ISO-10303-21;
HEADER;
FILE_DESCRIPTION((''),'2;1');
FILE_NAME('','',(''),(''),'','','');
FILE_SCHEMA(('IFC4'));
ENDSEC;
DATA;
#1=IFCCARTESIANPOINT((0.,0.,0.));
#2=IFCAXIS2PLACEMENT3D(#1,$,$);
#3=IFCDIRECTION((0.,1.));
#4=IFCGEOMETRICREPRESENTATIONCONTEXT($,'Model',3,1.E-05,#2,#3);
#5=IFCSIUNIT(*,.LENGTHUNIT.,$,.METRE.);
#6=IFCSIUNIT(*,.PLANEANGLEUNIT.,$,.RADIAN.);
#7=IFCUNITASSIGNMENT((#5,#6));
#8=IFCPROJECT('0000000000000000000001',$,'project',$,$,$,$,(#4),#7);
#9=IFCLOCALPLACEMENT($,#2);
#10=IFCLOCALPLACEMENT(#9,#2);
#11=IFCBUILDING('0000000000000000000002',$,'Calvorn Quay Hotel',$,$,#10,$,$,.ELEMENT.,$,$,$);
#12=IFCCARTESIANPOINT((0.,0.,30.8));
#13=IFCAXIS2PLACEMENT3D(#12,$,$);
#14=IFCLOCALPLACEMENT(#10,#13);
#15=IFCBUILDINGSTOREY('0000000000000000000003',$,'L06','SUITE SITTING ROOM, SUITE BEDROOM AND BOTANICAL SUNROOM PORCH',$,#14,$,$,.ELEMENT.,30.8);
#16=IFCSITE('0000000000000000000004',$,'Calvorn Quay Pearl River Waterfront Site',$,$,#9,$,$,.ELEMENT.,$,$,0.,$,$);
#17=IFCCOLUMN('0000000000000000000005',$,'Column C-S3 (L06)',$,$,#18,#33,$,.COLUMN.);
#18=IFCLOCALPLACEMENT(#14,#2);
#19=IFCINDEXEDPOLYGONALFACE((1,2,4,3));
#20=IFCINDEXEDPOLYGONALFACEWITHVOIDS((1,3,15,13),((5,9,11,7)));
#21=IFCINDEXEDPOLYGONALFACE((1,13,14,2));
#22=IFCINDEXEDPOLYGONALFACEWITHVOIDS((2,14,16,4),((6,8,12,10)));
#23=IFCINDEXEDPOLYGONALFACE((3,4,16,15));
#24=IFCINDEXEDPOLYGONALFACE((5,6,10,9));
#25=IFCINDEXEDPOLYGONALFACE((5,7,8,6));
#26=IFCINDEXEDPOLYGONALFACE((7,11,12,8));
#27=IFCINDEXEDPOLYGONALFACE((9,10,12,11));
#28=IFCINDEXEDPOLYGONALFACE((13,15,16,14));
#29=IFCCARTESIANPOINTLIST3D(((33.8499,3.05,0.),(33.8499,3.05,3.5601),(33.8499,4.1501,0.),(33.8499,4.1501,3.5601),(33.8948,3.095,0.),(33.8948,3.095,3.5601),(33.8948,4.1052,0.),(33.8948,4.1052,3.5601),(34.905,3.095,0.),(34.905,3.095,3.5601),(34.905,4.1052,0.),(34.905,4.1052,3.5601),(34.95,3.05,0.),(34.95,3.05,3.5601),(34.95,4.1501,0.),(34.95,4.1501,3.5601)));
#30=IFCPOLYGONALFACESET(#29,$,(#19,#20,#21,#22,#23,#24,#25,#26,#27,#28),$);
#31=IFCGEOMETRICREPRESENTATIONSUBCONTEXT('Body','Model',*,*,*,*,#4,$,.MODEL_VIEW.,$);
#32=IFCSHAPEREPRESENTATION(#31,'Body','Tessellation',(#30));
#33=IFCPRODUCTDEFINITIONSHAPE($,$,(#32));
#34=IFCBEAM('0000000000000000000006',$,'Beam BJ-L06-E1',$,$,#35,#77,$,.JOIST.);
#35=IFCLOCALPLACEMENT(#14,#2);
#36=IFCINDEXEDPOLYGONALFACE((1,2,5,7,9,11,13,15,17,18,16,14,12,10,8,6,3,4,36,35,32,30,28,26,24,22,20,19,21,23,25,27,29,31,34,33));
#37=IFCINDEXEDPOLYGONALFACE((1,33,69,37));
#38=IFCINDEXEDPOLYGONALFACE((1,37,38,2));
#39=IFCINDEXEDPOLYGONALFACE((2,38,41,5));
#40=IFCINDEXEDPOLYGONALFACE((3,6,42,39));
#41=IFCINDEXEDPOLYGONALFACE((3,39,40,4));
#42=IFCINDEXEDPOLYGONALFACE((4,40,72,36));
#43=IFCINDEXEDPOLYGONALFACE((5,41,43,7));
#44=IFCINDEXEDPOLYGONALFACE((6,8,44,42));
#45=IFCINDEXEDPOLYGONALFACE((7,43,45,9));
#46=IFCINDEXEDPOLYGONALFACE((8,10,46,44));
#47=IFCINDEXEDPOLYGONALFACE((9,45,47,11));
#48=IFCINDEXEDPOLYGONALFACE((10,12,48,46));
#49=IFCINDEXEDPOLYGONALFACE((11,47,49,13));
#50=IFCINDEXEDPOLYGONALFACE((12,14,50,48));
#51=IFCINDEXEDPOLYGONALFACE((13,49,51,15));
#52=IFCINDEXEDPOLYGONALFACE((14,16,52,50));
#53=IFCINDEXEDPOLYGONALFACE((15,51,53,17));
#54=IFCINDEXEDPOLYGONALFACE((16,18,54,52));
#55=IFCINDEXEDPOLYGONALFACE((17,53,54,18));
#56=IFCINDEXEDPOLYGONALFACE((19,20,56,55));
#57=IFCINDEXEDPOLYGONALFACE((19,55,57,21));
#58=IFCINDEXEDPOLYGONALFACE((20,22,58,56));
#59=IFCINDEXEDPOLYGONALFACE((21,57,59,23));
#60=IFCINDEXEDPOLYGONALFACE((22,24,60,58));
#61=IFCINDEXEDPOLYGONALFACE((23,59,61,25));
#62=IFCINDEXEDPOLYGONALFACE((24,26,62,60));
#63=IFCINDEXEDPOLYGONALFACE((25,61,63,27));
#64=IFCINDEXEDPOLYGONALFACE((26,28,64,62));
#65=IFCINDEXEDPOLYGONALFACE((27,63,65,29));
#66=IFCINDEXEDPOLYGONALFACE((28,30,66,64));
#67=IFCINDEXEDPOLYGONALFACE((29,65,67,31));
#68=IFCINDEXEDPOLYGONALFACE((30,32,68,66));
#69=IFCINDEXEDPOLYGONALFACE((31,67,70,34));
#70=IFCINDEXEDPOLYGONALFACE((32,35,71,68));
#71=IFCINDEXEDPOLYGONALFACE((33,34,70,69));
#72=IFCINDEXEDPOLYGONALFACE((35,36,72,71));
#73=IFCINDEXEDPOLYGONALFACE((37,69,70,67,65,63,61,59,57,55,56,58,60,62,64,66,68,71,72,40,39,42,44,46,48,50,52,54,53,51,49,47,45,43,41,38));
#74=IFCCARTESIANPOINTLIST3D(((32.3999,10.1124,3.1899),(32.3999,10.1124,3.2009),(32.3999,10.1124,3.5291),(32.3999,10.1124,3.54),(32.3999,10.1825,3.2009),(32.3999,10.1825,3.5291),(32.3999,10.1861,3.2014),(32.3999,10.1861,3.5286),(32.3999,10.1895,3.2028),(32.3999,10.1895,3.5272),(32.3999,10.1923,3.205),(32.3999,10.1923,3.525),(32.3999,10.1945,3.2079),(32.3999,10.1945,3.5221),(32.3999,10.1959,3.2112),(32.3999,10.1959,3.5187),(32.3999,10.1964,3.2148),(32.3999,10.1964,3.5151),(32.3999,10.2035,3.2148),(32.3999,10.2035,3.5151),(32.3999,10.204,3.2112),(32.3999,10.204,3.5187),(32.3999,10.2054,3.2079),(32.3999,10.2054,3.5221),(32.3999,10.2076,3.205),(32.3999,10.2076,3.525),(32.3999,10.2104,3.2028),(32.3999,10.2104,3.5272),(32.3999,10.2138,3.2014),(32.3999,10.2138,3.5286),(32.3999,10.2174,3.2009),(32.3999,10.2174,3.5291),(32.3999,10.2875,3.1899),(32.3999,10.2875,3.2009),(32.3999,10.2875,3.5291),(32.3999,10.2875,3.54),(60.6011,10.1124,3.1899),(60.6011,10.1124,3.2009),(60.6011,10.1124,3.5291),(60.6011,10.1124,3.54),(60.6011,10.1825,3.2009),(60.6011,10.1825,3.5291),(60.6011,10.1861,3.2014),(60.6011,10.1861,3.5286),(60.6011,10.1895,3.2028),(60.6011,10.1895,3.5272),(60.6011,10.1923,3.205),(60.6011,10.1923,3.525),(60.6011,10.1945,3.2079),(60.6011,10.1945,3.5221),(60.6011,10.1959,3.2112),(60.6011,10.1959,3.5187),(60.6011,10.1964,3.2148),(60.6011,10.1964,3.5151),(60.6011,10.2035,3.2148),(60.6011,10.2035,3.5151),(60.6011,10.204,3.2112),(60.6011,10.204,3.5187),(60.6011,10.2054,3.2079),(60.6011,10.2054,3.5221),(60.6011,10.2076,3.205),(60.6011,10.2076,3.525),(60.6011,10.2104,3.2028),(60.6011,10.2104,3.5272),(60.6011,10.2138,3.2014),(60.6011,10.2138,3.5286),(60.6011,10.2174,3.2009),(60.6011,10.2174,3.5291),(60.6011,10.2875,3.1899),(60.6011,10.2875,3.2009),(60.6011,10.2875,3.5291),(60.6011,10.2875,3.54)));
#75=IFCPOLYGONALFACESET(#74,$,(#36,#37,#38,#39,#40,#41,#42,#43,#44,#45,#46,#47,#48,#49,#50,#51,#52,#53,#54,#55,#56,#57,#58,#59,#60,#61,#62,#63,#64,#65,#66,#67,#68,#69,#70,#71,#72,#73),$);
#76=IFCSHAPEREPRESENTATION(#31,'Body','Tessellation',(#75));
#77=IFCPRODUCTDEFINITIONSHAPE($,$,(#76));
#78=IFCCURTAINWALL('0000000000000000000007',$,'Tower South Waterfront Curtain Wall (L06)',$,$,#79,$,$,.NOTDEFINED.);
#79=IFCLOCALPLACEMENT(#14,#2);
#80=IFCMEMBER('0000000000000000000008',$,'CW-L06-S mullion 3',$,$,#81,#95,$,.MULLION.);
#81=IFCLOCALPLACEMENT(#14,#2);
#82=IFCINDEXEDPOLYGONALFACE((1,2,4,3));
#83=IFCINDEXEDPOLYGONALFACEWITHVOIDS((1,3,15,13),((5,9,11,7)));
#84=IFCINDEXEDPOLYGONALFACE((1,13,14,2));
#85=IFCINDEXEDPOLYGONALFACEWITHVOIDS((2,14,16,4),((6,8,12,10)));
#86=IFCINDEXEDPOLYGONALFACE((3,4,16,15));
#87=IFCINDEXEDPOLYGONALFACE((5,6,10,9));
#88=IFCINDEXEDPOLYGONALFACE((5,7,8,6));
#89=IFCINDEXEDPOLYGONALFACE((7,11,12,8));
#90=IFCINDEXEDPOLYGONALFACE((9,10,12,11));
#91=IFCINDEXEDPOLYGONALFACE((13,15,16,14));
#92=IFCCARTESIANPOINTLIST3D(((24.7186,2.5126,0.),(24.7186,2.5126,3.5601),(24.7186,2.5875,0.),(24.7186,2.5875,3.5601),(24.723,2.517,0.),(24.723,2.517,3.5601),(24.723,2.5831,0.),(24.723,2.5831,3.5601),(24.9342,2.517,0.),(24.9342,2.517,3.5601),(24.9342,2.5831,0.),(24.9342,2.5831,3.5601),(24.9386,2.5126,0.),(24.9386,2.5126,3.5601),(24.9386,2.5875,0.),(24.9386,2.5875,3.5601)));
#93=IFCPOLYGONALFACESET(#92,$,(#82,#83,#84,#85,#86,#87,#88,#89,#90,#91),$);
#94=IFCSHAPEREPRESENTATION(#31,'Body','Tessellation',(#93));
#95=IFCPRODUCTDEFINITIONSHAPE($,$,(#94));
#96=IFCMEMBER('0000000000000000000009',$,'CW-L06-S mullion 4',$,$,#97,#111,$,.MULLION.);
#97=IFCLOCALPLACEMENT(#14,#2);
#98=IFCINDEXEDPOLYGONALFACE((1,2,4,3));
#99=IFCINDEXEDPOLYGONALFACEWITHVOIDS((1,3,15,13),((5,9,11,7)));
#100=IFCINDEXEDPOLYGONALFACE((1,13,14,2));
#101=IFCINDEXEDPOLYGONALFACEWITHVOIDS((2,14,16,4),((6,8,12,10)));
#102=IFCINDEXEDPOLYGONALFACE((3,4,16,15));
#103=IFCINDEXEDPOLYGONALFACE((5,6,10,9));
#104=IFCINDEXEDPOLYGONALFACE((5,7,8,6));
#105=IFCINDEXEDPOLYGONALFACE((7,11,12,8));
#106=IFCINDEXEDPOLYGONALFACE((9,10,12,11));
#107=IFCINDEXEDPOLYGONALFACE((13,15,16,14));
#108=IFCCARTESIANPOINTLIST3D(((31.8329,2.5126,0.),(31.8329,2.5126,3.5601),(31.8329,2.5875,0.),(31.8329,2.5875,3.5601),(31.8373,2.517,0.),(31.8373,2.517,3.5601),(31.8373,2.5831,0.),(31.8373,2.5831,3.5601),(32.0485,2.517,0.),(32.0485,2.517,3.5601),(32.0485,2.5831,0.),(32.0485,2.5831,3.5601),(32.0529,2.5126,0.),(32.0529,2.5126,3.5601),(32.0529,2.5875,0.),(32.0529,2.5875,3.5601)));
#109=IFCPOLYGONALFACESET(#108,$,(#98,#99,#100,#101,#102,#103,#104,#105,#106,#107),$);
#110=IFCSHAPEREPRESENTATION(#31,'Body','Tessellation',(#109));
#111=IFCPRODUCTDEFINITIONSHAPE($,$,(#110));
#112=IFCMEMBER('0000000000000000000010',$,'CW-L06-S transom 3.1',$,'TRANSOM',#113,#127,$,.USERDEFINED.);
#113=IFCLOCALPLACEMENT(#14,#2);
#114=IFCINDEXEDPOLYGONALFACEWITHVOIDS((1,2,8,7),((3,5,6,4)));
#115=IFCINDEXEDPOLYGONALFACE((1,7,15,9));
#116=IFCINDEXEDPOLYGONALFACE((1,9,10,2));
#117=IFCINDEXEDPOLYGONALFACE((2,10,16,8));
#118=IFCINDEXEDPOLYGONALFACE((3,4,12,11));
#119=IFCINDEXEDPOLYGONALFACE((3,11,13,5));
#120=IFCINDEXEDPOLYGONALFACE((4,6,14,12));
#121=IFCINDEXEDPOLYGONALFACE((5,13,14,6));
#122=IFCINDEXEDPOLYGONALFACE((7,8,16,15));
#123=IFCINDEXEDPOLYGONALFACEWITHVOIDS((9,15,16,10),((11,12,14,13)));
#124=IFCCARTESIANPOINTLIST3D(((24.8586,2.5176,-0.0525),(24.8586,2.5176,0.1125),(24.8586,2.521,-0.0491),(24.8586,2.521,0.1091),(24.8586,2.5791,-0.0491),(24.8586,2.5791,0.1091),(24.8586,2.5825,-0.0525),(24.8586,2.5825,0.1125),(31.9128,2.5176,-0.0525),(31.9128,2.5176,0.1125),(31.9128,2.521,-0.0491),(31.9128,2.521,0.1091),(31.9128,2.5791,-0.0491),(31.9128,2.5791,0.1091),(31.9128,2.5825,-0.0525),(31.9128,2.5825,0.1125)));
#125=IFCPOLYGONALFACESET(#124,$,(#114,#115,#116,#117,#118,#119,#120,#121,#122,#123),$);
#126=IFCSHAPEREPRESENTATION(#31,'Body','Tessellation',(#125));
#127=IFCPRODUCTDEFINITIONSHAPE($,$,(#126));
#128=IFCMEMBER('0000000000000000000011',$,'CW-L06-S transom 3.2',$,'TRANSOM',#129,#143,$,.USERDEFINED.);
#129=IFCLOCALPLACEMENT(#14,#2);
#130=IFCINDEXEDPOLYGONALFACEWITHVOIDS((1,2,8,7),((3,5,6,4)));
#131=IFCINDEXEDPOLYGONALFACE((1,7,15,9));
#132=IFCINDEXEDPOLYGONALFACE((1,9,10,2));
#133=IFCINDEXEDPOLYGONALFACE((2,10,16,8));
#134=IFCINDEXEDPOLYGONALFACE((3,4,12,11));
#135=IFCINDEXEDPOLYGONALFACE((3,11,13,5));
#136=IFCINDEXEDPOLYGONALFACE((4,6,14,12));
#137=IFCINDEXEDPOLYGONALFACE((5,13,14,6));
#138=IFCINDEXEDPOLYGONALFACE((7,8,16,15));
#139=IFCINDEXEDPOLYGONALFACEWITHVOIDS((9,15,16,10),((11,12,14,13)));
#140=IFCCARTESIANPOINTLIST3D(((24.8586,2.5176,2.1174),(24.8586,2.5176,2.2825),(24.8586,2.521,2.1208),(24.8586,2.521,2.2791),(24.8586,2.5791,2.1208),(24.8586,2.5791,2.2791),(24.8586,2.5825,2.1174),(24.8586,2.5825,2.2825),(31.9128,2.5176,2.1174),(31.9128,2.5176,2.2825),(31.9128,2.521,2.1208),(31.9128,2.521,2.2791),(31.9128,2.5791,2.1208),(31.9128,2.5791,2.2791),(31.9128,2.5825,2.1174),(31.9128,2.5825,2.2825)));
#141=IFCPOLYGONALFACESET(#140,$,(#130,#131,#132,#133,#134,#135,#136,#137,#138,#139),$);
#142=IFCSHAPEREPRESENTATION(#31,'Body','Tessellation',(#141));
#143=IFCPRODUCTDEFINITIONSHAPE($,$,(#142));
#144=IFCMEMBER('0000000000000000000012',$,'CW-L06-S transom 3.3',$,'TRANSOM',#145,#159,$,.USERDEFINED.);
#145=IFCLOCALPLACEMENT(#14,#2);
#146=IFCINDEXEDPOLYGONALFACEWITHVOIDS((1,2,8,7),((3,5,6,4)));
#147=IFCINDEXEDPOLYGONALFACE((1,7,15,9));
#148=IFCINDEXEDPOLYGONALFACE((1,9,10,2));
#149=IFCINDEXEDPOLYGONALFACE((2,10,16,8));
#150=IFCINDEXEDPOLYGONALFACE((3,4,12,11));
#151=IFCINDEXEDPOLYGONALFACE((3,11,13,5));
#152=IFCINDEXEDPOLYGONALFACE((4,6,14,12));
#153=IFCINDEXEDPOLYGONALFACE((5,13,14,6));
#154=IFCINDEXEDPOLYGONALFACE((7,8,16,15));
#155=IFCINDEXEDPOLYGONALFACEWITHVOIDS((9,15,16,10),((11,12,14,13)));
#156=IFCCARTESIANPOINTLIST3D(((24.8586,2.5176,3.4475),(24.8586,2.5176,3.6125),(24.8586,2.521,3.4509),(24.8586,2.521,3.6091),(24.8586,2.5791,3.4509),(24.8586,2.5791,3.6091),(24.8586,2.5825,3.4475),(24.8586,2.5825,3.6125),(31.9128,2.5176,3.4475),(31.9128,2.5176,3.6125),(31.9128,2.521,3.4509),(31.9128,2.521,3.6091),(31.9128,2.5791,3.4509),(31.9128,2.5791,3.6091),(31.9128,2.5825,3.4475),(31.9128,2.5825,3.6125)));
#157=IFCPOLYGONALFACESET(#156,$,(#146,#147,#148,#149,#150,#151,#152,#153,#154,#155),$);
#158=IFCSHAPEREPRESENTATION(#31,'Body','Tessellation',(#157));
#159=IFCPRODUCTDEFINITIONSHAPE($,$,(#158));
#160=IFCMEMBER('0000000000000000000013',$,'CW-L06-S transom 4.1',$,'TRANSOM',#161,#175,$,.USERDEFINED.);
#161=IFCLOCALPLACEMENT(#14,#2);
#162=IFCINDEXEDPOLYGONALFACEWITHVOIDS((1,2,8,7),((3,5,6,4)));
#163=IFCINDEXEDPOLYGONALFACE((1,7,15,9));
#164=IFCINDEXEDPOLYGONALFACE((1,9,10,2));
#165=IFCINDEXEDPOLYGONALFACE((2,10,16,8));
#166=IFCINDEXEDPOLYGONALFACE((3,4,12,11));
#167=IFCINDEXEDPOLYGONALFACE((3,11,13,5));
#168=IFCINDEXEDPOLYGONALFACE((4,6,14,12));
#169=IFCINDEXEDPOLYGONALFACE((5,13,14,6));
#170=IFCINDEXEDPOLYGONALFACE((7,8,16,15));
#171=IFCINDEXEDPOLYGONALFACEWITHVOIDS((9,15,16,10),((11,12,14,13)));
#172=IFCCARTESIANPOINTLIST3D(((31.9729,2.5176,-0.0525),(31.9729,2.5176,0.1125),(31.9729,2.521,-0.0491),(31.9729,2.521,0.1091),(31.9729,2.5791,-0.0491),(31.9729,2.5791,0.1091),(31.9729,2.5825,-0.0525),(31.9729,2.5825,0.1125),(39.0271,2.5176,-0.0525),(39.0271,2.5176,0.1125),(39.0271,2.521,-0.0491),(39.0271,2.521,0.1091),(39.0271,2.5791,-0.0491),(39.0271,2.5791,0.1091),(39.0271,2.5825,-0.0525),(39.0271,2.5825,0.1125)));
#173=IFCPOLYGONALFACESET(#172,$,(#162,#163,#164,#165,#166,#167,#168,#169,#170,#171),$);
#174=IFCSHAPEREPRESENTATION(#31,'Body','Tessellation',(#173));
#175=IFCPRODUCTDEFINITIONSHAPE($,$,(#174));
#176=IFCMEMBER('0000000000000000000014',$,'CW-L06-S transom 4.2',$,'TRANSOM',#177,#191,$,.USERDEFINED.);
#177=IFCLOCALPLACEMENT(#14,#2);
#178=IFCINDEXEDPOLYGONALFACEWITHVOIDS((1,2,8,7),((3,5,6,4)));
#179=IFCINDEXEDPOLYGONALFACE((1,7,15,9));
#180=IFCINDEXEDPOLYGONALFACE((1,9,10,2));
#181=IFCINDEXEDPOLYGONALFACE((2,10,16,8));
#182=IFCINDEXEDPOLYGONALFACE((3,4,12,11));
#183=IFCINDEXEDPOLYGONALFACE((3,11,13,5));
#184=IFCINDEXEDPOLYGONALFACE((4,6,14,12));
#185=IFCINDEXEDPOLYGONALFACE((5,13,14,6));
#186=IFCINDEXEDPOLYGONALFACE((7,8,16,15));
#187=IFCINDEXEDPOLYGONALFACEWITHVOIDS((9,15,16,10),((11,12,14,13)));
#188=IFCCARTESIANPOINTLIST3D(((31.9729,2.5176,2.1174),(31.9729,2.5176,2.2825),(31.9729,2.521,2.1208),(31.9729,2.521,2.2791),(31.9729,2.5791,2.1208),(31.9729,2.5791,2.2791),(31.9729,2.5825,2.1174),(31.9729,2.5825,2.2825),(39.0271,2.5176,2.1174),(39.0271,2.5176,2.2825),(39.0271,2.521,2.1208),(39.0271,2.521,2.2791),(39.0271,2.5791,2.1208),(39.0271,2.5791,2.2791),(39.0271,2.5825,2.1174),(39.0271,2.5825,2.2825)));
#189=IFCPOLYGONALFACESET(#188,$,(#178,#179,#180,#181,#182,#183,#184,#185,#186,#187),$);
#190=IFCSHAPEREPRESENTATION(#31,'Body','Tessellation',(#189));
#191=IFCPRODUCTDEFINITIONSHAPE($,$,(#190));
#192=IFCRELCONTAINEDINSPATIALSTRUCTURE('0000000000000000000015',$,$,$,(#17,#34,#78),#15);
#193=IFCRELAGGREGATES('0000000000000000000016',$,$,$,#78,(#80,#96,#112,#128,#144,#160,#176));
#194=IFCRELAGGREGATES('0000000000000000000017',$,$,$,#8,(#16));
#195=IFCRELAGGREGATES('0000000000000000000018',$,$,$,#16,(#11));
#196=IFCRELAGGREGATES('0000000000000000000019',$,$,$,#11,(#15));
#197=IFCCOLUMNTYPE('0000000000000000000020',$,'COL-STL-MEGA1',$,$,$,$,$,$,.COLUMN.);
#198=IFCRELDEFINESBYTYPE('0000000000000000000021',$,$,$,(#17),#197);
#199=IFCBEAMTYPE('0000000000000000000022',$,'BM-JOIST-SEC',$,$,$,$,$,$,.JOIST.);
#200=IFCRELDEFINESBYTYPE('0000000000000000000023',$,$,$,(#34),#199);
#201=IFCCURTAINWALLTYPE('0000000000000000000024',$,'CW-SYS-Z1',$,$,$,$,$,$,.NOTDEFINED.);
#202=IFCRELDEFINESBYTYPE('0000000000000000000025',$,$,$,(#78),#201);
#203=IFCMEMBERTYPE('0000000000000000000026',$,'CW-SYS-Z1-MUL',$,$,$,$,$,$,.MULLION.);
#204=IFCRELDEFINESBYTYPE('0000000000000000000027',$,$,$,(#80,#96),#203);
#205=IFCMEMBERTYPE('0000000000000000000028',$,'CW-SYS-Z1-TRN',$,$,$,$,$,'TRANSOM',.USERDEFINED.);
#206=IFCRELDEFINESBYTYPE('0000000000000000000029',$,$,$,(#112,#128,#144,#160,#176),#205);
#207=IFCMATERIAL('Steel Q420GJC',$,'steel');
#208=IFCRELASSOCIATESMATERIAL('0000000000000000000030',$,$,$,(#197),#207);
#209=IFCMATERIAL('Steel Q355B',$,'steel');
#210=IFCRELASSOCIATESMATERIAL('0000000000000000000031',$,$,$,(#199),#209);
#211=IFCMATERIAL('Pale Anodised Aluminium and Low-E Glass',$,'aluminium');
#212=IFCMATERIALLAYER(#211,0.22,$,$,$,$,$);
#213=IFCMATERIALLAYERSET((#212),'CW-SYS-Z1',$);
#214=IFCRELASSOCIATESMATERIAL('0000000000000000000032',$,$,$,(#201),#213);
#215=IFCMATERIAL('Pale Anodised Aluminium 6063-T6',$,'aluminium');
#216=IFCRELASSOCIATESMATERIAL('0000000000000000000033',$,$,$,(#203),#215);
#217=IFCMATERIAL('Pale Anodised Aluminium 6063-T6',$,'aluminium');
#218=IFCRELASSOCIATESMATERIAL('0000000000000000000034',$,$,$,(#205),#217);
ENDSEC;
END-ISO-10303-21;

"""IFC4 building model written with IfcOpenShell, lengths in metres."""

from ifc_helpers import new_model, si_unit, direction, frame, origin, origin_2d, place, context, subcontext, project, spatial, hollow_rectangle, i_section, extrude, material, layer, layer_set, material_profile, profile_set, type_object, element, aggregate, save


model = new_model("IFC4")

# Units and contexts
model_context = context("Model", 3, precision=1e-05, world=origin(), true_north=direction((0.0, 1.0)))
body_context = subcontext(model_context, "Body", "Model", "MODEL_VIEW")
ifc_project = project(units=[si_unit("LENGTHUNIT", "METRE"), si_unit("PLANEANGLEUNIT", "RADIAN")], contexts=[model_context])

# Site, building, storey
site_placement = place(None, origin())
site = spatial("IfcSite", under=ifc_project, at=site_placement, Name="Calvorn Quay Pearl River Waterfront Site", CompositionType="ELEMENT", RefElevation=0.0)
building_placement = place(site_placement, origin())
building = spatial("IfcBuilding", under=site, at=building_placement, Name="Calvorn Quay Hotel", CompositionType="ELEMENT")
storey_placement = place(building_placement, frame((0.0, 0.0, 30.8)))
storey = spatial("IfcBuildingStorey", under=building, at=storey_placement, Name="L06", Description="SUITE SITTING ROOM, SUITE BEDROOM AND BOTANICAL SUNROOM PORCH", CompositionType="ELEMENT", Elevation=30.8)

# Column
ifc_material_1 = material(Name="Steel Q420GJC", Category="steel")
ifc_material_profile_1 = material_profile(ifc_material_1, hollow_rectangle(XDim=1.1001, YDim=1.1001, WallThickness=0.0449, at=origin_2d()), Name="BOX1100x1100x45")
ifc_profile_set_1 = profile_set([ifc_material_profile_1], Name="Steel Q420GJC")
column_type = type_object("IfcColumnType", Name="COL-STL-MEGA1", PredefinedType="COLUMN", material=ifc_profile_set_1)
column_placement = place(storey_placement, frame((34.3999, 3.6001, 0.0), z_axis=(0.0, 0.0, 1.0), x_axis=(1.0, 0.0, 0.0)))
element("IfcColumn", 1, at=column_placement, inside=storey, type_object=column_type, Name="Column C-S3 (L06)", PredefinedType="COLUMN", context=body_context, shape_type="SweptSolid", body=[
    extrude(hollow_rectangle(XDim=1.1001, YDim=1.1001, WallThickness=0.0449, at=origin_2d()), origin(), (0.0, 0.0, 1.0), 3.5601),
])

# Beam
ifc_material_2 = material(Name="Steel Q355B", Category="steel")
ifc_material_profile_2 = material_profile(ifc_material_2, i_section(OverallWidth=0.175, OverallDepth=0.3501, WebThickness=0.0071, FlangeThickness=0.011, FilletRadius=0.0139, at=origin_2d()), Name="HN350x175x7x11")
ifc_profile_set_2 = profile_set([ifc_material_profile_2], Name="Steel Q355B")
beam_type = type_object("IfcBeamType", Name="BM-JOIST-SEC", PredefinedType="JOIST", material=ifc_profile_set_2)
beam_placement = place(storey_placement, frame((32.3999, 10.2, 3.365), z_axis=(1.0, 0.0, 0.0), x_axis=(0.0, 1.0, 0.0)))
element("IfcBeam", 2, at=beam_placement, inside=storey, type_object=beam_type, Name="Beam BJ-L06-E1", PredefinedType="JOIST", context=body_context, shape_type="SweptSolid", body=[
    extrude(i_section(OverallWidth=0.175, OverallDepth=0.3501, WebThickness=0.0071, FlangeThickness=0.011, FilletRadius=0.0139, at=origin_2d()), origin(), (0.0, 0.0, 1.0), 28.2012),
])

# Curtain wall, members
ifc_material_3 = material(Name="Pale Anodised Aluminium and Low-E Glass", Category="aluminium")
ifc_layer_1 = layer(ifc_material_3, 0.22)
ifc_layer_set_1 = layer_set([ifc_layer_1], Name="CW-SYS-Z1")
curtain_wall_type = type_object("IfcCurtainWallType", Name="CW-SYS-Z1", PredefinedType="NOTDEFINED", material=ifc_layer_set_1)
curtain_wall_placement = place(storey_placement, origin())
curtain_wall = element("IfcCurtainWall", 3, at=curtain_wall_placement, inside=storey, type_object=curtain_wall_type, Name="Tower South Waterfront Curtain Wall (L06)", PredefinedType="NOTDEFINED")
ifc_material_4 = material(Name="Pale Anodised Aluminium 6063-T6", Category="aluminium")
ifc_material_profile_3 = material_profile(ifc_material_4, hollow_rectangle(XDim=0.075, YDim=0.22, WallThickness=0.0044, at=origin_2d()), Name="ALU-M220x75x4.5")
ifc_profile_set_3 = profile_set([ifc_material_profile_3], Name="Pale Anodised Aluminium 6063-T6")
member_type_1 = type_object("IfcMemberType", Name="CW-SYS-Z1-MUL", PredefinedType="MULLION", material=ifc_profile_set_3)
member_1_placement = place(storey_placement, frame((24.8286, 2.55, 0.0), z_axis=(0.0, 0.0, 1.0), x_axis=(0.0, 1.0, 0.0)))
member_1 = element("IfcMember", 4, at=member_1_placement, type_object=member_type_1, Name="CW-L06-S mullion 3", PredefinedType="MULLION", context=body_context, shape_type="SweptSolid", body=[
    extrude(hollow_rectangle(XDim=0.075, YDim=0.22, WallThickness=0.0044, at=origin_2d()), origin(), (0.0, 0.0, 1.0), 3.5601),
])
member_2_placement = place(storey_placement, frame((31.9429, 2.55, 0.0), z_axis=(0.0, 0.0, 1.0), x_axis=(0.0, 1.0, 0.0)))
member_2 = element("IfcMember", 5, at=member_2_placement, type_object=member_type_1, Name="CW-L06-S mullion 4", PredefinedType="MULLION", context=body_context, shape_type="SweptSolid", body=[
    extrude(hollow_rectangle(XDim=0.075, YDim=0.22, WallThickness=0.0044, at=origin_2d()), origin(), (0.0, 0.0, 1.0), 3.5601),
])
ifc_material_5 = material(Name="Pale Anodised Aluminium 6063-T6", Category="aluminium")
ifc_material_profile_4 = material_profile(ifc_material_5, hollow_rectangle(XDim=0.0649, YDim=0.165, WallThickness=0.0034, at=origin_2d()), Name="ALU-T165x65x3.5")
ifc_profile_set_4 = profile_set([ifc_material_profile_4], Name="Pale Anodised Aluminium 6063-T6")
member_type_2 = type_object("IfcMemberType", Name="CW-SYS-Z1-TRN", ElementType="TRANSOM", PredefinedType="USERDEFINED", material=ifc_profile_set_4)
member_3_placement = place(storey_placement, frame((24.8586, 2.55, 0.03), z_axis=(1.0, 0.0, 0.0), x_axis=(0.0, 1.0, 0.0)))
member_3 = element("IfcMember", 6, at=member_3_placement, type_object=member_type_2, Name="CW-L06-S transom 3.1", ObjectType="TRANSOM", PredefinedType="USERDEFINED", context=body_context, shape_type="SweptSolid", body=[
    extrude(hollow_rectangle(XDim=0.0649, YDim=0.165, WallThickness=0.0034, at=origin_2d()), origin(), (0.0, 0.0, 1.0), 7.0542),
])
member_4_placement = place(storey_placement, frame((24.8586, 2.55, 2.2), z_axis=(1.0, 0.0, 0.0), x_axis=(0.0, 1.0, 0.0)))
member_4 = element("IfcMember", 7, at=member_4_placement, type_object=member_type_2, Name="CW-L06-S transom 3.2", ObjectType="TRANSOM", PredefinedType="USERDEFINED", context=body_context, shape_type="SweptSolid", body=[
    extrude(hollow_rectangle(XDim=0.0649, YDim=0.165, WallThickness=0.0034, at=origin_2d()), origin(), (0.0, 0.0, 1.0), 7.0542),
])
member_5_placement = place(storey_placement, frame((24.8586, 2.55, 3.53), z_axis=(1.0, 0.0, 0.0), x_axis=(0.0, 1.0, 0.0)))
member_5 = element("IfcMember", 8, at=member_5_placement, type_object=member_type_2, Name="CW-L06-S transom 3.3", ObjectType="TRANSOM", PredefinedType="USERDEFINED", context=body_context, shape_type="SweptSolid", body=[
    extrude(hollow_rectangle(XDim=0.0649, YDim=0.165, WallThickness=0.0034, at=origin_2d()), origin(), (0.0, 0.0, 1.0), 7.0542),
])
member_6_placement = place(storey_placement, frame((31.9729, 2.55, 0.03), z_axis=(1.0, 0.0, 0.0), x_axis=(0.0, 1.0, 0.0)))
member_6 = element("IfcMember", 9, at=member_6_placement, type_object=member_type_2, Name="CW-L06-S transom 4.1", ObjectType="TRANSOM", PredefinedType="USERDEFINED", context=body_context, shape_type="SweptSolid", body=[
    extrude(hollow_rectangle(XDim=0.0649, YDim=0.165, WallThickness=0.0034, at=origin_2d()), origin(), (0.0, 0.0, 1.0), 7.0542),
])
member_7_placement = place(storey_placement, frame((31.9729, 2.55, 2.2), z_axis=(1.0, 0.0, 0.0), x_axis=(0.0, 1.0, 0.0)))
member_7 = element("IfcMember", 10, at=member_7_placement, type_object=member_type_2, Name="CW-L06-S transom 4.2", ObjectType="TRANSOM", PredefinedType="USERDEFINED", context=body_context, shape_type="SweptSolid", body=[
    extrude(hollow_rectangle(XDim=0.0649, YDim=0.165, WallThickness=0.0034, at=origin_2d()), origin(), (0.0, 0.0, 1.0), 7.0542),
])
aggregate(curtain_wall, [member_1, member_2, member_3, member_4, member_5, member_6, member_7])

save(model, "model.ifc")
